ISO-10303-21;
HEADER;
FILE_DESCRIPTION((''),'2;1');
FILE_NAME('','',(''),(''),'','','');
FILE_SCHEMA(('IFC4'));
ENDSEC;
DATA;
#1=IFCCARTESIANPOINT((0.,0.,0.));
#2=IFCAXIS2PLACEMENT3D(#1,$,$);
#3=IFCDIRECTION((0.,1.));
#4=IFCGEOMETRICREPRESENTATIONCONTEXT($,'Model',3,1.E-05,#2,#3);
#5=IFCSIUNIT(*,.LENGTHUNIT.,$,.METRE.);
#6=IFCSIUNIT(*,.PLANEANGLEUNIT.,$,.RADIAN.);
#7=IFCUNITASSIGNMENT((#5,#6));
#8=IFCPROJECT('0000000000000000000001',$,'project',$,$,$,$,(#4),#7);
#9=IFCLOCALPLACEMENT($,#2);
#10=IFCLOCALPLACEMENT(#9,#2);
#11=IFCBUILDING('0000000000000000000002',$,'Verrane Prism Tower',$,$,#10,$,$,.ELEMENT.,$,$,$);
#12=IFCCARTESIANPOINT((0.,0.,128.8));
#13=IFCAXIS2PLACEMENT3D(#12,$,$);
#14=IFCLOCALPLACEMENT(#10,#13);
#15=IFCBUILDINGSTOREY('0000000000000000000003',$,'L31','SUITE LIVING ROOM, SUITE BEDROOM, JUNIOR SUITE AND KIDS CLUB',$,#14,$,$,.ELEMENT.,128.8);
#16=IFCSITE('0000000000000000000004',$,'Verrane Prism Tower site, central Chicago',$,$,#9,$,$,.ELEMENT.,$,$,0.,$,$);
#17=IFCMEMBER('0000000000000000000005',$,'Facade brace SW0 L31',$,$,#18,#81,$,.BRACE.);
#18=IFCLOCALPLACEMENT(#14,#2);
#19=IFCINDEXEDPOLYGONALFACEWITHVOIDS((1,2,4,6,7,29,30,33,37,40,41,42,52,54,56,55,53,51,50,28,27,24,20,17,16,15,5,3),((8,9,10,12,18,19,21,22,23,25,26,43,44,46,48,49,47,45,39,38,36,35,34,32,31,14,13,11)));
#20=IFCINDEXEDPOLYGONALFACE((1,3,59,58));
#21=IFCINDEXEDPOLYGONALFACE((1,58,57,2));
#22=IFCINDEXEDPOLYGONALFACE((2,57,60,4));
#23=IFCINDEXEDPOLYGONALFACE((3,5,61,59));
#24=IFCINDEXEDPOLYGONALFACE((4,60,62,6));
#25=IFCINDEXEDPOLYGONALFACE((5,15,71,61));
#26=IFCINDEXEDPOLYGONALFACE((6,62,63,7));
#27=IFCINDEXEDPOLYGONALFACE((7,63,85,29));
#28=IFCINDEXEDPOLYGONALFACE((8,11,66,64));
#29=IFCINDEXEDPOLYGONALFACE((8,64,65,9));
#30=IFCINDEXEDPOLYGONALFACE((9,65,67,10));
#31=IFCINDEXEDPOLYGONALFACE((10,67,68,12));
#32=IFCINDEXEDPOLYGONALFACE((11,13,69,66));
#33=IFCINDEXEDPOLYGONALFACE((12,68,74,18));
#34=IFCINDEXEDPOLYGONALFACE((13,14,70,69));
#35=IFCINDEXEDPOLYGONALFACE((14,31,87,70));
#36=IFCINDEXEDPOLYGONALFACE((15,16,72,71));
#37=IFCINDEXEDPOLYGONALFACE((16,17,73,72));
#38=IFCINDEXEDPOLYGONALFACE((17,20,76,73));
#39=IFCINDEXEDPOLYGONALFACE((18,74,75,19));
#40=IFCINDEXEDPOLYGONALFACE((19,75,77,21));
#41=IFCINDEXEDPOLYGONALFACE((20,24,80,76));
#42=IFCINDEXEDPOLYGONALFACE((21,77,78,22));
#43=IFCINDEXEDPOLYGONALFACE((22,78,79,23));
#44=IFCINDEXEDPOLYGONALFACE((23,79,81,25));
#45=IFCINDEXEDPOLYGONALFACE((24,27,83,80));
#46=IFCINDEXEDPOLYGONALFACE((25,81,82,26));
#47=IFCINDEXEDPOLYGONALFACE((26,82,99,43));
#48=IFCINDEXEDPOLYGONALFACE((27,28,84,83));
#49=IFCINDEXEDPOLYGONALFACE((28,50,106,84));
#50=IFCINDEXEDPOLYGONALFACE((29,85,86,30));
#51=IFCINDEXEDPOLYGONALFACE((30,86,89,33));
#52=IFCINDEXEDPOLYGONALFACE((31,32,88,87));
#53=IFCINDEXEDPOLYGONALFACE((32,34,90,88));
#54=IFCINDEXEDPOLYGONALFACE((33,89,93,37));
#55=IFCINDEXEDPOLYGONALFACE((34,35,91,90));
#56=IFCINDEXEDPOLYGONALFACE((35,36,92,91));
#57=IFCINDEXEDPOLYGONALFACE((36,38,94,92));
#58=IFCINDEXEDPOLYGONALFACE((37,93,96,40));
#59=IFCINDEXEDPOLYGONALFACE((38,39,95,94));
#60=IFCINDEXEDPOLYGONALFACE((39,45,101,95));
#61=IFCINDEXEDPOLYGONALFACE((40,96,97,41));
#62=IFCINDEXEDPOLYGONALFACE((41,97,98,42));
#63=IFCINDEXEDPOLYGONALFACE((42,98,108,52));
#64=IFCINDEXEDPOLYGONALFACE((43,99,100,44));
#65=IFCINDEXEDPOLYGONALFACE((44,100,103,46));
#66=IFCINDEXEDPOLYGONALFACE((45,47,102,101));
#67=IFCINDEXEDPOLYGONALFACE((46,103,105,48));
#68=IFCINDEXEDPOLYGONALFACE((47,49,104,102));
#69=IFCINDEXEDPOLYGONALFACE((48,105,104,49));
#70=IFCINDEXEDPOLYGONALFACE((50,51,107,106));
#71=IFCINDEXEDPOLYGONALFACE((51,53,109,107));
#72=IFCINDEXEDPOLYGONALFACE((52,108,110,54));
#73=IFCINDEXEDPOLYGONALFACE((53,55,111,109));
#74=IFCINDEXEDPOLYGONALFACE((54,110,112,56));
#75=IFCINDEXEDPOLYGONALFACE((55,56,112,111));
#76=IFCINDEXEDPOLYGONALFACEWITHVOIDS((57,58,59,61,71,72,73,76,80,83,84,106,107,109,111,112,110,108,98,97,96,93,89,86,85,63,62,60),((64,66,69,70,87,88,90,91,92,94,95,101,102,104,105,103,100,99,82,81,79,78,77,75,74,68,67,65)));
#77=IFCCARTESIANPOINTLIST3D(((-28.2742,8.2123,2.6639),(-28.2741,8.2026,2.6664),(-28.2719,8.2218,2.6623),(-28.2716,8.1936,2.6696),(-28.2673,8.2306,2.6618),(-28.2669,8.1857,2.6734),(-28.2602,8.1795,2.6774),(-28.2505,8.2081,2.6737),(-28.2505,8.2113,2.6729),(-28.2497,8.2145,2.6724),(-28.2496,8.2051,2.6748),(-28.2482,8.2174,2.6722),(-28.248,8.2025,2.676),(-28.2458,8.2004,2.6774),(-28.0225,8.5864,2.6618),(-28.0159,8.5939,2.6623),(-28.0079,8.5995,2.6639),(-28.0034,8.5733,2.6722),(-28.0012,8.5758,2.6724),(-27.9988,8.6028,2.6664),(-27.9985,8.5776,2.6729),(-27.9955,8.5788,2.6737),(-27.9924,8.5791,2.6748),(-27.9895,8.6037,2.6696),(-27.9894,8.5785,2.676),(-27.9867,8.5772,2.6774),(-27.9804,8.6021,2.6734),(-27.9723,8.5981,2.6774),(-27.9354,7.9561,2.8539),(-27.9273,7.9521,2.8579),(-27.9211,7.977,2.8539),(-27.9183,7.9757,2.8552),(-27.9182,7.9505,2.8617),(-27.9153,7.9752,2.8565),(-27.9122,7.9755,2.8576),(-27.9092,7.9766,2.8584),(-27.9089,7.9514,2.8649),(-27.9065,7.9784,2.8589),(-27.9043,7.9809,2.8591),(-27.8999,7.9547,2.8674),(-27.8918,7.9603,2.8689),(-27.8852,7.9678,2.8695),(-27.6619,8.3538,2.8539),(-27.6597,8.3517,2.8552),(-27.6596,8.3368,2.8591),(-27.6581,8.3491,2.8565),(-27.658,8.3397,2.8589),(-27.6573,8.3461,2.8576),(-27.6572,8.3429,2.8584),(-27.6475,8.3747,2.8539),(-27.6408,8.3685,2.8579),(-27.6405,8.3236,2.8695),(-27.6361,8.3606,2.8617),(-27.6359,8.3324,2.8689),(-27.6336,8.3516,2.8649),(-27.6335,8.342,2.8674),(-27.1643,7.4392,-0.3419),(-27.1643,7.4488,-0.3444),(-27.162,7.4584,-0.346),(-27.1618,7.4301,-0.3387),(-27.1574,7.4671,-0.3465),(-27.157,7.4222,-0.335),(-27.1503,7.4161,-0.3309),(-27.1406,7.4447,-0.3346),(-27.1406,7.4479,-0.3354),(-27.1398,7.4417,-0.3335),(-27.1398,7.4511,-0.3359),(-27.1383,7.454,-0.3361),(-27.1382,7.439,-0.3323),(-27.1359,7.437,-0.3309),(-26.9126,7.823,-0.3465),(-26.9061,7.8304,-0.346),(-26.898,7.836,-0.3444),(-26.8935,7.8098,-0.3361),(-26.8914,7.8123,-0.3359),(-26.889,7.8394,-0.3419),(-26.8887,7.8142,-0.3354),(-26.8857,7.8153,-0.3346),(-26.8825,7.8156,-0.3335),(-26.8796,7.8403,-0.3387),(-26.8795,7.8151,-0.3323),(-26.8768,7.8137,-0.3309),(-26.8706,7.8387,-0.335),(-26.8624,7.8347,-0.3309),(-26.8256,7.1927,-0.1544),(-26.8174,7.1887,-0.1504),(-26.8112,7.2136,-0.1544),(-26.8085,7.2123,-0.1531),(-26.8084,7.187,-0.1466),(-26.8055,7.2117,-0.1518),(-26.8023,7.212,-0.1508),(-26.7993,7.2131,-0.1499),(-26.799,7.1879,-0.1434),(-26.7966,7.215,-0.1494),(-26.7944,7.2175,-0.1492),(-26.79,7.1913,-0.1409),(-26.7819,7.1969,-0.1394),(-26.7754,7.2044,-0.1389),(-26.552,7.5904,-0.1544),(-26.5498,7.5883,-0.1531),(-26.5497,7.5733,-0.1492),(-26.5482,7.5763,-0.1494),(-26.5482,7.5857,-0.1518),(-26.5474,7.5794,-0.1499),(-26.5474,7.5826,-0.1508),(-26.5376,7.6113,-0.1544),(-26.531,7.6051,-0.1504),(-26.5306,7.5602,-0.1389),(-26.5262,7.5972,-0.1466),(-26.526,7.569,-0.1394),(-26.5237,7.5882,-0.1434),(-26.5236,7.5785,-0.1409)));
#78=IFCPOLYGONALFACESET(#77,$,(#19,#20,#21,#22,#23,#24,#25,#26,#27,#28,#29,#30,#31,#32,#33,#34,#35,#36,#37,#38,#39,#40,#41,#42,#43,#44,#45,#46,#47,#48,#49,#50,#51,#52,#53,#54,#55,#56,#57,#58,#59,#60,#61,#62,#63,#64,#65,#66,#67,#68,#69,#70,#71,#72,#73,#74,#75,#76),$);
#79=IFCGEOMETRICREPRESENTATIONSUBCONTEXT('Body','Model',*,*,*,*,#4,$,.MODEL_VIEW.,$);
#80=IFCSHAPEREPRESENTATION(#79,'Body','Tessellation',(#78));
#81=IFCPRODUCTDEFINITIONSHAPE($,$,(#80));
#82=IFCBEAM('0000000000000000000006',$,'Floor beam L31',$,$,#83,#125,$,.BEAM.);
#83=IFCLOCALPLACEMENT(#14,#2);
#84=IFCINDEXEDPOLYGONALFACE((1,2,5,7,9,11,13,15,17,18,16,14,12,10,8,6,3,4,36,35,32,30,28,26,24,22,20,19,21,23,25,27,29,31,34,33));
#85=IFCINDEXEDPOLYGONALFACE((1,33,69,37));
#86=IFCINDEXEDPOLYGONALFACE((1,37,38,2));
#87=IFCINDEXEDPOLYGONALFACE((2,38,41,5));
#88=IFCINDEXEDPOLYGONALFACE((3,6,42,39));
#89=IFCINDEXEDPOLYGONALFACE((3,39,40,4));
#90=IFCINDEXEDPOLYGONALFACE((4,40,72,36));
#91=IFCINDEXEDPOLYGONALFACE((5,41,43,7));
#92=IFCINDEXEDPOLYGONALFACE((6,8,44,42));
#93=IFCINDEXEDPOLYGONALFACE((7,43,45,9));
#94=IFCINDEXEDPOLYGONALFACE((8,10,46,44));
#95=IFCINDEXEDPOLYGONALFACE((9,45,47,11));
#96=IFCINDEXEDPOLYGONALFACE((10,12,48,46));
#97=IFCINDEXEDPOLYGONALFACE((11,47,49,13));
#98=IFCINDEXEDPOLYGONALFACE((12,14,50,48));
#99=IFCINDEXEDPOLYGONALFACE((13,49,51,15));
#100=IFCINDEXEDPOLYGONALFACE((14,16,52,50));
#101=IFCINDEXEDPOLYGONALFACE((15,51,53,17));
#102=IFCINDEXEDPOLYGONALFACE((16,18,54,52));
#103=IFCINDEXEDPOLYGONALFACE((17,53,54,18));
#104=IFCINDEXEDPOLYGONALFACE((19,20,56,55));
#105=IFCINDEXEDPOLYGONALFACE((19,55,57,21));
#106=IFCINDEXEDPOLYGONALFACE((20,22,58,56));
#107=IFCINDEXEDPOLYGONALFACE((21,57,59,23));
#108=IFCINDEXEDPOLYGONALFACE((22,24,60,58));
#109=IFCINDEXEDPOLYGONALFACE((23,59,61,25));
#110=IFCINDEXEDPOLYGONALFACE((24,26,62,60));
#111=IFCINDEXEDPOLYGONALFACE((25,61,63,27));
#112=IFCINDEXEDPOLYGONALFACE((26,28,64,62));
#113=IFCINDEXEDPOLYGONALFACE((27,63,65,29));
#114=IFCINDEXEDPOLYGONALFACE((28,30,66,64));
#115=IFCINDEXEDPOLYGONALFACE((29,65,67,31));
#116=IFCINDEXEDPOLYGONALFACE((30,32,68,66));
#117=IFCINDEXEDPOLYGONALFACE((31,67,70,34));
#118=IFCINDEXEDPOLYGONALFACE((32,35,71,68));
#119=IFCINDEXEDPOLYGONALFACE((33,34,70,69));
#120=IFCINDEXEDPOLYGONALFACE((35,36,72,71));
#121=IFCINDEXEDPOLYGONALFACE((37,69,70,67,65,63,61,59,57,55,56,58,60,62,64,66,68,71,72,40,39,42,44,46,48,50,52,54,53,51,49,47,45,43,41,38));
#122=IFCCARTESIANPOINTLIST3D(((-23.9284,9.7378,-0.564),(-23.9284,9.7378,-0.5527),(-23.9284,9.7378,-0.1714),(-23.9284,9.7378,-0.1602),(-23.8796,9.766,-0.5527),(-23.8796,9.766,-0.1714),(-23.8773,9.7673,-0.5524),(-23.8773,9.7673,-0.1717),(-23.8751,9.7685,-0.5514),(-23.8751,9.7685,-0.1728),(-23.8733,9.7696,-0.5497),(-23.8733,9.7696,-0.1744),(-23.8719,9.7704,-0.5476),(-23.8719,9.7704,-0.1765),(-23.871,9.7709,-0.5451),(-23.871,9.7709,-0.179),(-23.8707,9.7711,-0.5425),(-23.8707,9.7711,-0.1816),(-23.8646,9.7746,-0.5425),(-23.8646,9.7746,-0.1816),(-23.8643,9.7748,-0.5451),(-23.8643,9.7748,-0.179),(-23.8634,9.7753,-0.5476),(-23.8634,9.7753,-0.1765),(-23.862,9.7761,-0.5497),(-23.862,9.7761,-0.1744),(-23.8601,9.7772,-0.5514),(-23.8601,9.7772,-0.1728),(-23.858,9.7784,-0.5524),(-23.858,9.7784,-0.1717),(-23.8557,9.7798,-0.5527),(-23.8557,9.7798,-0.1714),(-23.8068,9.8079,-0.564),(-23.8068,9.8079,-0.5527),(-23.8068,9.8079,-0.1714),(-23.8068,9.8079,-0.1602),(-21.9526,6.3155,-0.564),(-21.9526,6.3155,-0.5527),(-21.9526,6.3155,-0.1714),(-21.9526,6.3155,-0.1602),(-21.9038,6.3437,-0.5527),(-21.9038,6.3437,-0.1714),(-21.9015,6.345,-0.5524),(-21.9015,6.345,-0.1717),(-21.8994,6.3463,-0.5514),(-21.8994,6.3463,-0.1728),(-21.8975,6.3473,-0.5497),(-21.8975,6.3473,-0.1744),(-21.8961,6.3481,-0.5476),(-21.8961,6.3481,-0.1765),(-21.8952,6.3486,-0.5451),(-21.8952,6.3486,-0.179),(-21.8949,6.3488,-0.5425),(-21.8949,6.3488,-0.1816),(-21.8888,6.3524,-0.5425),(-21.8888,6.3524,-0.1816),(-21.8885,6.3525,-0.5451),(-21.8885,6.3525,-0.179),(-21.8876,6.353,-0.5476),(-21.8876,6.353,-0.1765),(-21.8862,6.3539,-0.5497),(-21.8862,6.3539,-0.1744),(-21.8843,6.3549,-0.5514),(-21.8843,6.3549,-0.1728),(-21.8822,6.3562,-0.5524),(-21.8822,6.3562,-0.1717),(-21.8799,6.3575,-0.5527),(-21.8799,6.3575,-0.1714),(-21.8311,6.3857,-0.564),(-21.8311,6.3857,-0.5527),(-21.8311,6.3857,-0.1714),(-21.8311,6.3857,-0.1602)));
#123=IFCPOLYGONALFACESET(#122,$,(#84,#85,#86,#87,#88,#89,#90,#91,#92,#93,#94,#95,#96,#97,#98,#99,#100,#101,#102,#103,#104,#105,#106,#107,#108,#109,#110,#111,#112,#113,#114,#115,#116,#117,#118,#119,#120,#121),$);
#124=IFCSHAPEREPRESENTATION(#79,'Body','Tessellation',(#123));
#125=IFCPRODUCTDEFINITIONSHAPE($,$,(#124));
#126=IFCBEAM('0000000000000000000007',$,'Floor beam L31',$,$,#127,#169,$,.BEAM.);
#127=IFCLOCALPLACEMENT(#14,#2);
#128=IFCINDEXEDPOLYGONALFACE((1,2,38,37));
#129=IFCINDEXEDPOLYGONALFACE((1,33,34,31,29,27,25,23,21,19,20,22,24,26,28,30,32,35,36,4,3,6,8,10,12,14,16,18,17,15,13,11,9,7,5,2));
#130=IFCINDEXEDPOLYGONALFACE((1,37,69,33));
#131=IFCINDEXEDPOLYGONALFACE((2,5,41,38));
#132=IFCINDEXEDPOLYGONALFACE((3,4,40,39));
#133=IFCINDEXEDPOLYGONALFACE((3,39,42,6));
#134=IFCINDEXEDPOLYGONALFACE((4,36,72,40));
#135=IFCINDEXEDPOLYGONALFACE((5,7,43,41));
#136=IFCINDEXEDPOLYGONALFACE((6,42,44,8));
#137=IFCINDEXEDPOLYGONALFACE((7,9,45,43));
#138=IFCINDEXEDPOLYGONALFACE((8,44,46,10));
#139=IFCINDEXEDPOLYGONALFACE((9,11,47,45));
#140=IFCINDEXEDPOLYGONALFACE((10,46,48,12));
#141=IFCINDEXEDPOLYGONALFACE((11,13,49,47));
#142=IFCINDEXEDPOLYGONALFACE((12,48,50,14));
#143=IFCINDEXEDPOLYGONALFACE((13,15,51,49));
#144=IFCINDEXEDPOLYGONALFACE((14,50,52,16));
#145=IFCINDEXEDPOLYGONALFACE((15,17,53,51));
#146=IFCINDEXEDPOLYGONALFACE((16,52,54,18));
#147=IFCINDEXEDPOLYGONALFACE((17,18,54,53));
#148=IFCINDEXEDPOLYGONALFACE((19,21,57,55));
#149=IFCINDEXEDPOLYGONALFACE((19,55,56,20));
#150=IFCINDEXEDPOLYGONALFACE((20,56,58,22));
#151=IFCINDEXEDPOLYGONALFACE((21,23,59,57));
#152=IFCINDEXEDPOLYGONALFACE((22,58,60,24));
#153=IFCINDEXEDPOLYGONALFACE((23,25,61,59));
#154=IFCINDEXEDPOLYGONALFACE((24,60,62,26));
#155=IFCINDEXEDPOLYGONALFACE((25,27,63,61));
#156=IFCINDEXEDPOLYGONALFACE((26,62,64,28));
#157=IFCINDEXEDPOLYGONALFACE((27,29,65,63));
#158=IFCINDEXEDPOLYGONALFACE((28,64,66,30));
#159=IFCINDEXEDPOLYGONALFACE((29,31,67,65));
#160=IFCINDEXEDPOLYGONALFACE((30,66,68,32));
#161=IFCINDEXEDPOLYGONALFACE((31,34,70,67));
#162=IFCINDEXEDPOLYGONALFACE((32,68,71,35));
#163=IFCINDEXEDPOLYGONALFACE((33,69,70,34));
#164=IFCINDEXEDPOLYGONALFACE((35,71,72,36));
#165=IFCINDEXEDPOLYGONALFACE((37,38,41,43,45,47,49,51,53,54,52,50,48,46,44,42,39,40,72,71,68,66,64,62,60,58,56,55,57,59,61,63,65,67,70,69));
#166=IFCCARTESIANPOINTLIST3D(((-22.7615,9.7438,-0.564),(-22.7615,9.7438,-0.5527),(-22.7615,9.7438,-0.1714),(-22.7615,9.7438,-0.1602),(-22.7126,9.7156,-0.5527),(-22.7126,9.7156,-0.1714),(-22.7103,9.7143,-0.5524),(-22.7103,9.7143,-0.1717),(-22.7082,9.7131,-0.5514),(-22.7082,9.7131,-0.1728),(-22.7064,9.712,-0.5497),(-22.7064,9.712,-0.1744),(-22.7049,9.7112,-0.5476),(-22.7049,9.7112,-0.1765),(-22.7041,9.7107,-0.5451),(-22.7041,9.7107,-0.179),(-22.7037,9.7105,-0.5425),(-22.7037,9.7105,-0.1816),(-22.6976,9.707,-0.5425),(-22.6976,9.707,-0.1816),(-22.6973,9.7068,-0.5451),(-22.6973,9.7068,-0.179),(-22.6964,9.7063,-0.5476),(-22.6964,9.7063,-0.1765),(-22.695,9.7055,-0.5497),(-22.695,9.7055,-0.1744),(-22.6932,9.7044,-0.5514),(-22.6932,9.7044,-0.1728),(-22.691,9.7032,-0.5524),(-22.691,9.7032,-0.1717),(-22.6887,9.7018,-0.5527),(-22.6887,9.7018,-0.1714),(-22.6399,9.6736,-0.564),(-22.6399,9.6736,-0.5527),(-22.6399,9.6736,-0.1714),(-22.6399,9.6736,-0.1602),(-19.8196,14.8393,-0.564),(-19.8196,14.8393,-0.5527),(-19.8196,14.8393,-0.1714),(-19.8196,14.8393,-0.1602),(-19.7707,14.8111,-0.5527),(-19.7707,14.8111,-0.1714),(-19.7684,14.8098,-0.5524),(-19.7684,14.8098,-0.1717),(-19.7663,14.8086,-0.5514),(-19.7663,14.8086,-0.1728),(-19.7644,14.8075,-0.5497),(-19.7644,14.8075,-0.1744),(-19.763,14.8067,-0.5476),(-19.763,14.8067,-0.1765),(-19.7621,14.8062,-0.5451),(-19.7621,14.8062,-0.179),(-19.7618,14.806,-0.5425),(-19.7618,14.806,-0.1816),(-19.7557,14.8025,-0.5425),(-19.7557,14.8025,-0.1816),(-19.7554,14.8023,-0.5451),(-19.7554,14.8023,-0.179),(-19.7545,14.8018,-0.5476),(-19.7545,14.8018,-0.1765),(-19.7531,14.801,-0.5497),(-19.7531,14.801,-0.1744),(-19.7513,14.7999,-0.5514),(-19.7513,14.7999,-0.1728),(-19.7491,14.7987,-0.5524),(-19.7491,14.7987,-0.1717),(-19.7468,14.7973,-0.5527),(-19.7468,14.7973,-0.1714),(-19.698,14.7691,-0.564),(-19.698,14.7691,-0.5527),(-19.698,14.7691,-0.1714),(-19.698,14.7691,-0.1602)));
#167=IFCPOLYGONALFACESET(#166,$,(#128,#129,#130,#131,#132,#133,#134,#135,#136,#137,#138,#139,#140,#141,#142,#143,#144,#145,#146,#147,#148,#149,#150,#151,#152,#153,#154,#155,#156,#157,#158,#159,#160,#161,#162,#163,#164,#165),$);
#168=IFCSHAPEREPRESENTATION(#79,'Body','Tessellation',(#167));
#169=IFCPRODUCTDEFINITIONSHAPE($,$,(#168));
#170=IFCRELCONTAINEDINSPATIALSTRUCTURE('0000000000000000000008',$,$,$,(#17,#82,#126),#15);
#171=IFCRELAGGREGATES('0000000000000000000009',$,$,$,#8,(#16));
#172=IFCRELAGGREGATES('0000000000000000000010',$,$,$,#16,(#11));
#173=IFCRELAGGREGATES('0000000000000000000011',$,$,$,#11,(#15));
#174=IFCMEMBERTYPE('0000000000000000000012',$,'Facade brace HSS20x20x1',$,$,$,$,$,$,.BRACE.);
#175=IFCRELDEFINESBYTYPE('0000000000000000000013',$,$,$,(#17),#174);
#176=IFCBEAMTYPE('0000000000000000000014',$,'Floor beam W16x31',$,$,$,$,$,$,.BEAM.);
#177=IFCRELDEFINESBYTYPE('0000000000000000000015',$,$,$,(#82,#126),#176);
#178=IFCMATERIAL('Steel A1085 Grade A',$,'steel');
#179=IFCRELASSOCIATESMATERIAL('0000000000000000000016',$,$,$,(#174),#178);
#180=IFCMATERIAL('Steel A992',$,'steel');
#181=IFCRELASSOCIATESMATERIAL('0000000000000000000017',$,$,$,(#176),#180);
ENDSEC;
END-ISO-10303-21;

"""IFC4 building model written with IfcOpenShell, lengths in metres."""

from ifc_helpers import new_model, si_unit, direction, frame, origin, origin_2d, place, context, subcontext, project, spatial, hollow_rectangle, i_section, extrude, material, material_profile, profile_set, type_object, element, save


model = new_model("IFC4")

# Units and contexts
model_context = context("Model", 3, precision=1e-05, world=origin(), true_north=direction((0.0, 1.0)))
body_context = subcontext(model_context, "Body", "Model", "MODEL_VIEW")
ifc_project = project(units=[si_unit("LENGTHUNIT", "METRE"), si_unit("PLANEANGLEUNIT", "RADIAN")], contexts=[model_context])

# Site, building, storey
site_placement = place(None, origin())
site = spatial("IfcSite", under=ifc_project, at=site_placement, Name="Verrane Prism Tower site, central Chicago", CompositionType="ELEMENT", RefElevation=0.0)
building_placement = place(site_placement, origin())
building = spatial("IfcBuilding", under=site, at=building_placement, Name="Verrane Prism Tower", CompositionType="ELEMENT")
storey_placement = place(building_placement, frame((0.0, 0.0, 128.8)))
storey = spatial("IfcBuildingStorey", under=building, at=storey_placement, Name="L31", Description="SUITE LIVING ROOM, SUITE BEDROOM, JUNIOR SUITE AND KIDS CLUB", CompositionType="ELEMENT", Elevation=128.8)

# Member
ifc_material_1 = material(Name="Steel A1085 Grade A", Category="steel")
ifc_material_profile_1 = material_profile(ifc_material_1, hollow_rectangle(XDim=0.5081, YDim=0.5081, WallThickness=0.0254, InnerFilletRadius=0.0127, OuterFilletRadius=0.0381, at=origin_2d()), Name="HSS20x20x1")
ifc_profile_set_1 = profile_set([ifc_material_profile_1], Name="Steel A1085 Grade A")
member_type_1 = type_object("IfcMemberType", Name="Facade brace HSS20x20x1", PredefinedType="BRACE", material=ifc_profile_set_1)
member_1_placement = place(storey_placement, frame((-26.844, 7.5137, -0.2427), z_axis=(-0.336717, 0.231613, 0.912676), x_axis=(-0.566729, -0.823904, 0.0)))
element("IfcMember", 1, at=member_1_placement, inside=storey, type_object=member_type_1, Name="Facade brace SW0 L31", PredefinedType="BRACE", context=body_context, shape_type="SweptSolid", body=[
    extrude(hollow_rectangle(XDim=0.5081, YDim=0.5081, WallThickness=0.0254, InnerFilletRadius=0.0127, OuterFilletRadius=0.0381, at=origin_2d()), origin(), (0.0, 0.0, 1.0), 3.2961),
])

# Beams
ifc_material_2 = material(Name="Steel A992", Category="steel")
ifc_material_profile_2 = material_profile(ifc_material_2, i_section(OverallWidth=0.1404, OverallDepth=0.4038, WebThickness=0.0071, FlangeThickness=0.0112, FilletRadius=0.0103, at=origin_2d()), Name="W16x31")
ifc_profile_set_2 = profile_set([ifc_material_profile_2], Name="Steel A992")
beam_type_1 = type_object("IfcBeamType", Name="Floor beam W16x31", PredefinedType="BEAM", material=ifc_profile_set_2)
beam_1_placement = place(storey_placement, frame((-21.8918, 6.3506, -0.3621), z_axis=(-0.499986, 0.866033, 0.0), x_axis=(-0.866033, -0.499986, 0.0)))
element("IfcBeam", 2, at=beam_1_placement, inside=storey, type_object=beam_type_1, Name="Floor beam L31", PredefinedType="BEAM", context=body_context, shape_type="SweptSolid", body=[
    extrude(i_section(OverallWidth=0.1404, OverallDepth=0.4038, WebThickness=0.0071, FlangeThickness=0.0112, FilletRadius=0.0103, at=origin_2d()), origin(), (0.0, 0.0, 1.0), 3.9517),
])
beam_2_placement = place(storey_placement, frame((-22.7007, 9.7087, -0.3621), z_axis=(0.500004, 0.866023, 0.0), x_axis=(-0.866023, 0.500004, 0.0)))
element("IfcBeam", 3, at=beam_2_placement, inside=storey, type_object=beam_type_1, Name="Floor beam L31", PredefinedType="BEAM", context=body_context, shape_type="SweptSolid", body=[
    extrude(i_section(OverallWidth=0.1404, OverallDepth=0.4038, WebThickness=0.0071, FlangeThickness=0.0112, FilletRadius=0.0103, at=origin_2d()), origin(), (0.0, 0.0, 1.0), 5.8838),
])

save(model, "model.ifc")
